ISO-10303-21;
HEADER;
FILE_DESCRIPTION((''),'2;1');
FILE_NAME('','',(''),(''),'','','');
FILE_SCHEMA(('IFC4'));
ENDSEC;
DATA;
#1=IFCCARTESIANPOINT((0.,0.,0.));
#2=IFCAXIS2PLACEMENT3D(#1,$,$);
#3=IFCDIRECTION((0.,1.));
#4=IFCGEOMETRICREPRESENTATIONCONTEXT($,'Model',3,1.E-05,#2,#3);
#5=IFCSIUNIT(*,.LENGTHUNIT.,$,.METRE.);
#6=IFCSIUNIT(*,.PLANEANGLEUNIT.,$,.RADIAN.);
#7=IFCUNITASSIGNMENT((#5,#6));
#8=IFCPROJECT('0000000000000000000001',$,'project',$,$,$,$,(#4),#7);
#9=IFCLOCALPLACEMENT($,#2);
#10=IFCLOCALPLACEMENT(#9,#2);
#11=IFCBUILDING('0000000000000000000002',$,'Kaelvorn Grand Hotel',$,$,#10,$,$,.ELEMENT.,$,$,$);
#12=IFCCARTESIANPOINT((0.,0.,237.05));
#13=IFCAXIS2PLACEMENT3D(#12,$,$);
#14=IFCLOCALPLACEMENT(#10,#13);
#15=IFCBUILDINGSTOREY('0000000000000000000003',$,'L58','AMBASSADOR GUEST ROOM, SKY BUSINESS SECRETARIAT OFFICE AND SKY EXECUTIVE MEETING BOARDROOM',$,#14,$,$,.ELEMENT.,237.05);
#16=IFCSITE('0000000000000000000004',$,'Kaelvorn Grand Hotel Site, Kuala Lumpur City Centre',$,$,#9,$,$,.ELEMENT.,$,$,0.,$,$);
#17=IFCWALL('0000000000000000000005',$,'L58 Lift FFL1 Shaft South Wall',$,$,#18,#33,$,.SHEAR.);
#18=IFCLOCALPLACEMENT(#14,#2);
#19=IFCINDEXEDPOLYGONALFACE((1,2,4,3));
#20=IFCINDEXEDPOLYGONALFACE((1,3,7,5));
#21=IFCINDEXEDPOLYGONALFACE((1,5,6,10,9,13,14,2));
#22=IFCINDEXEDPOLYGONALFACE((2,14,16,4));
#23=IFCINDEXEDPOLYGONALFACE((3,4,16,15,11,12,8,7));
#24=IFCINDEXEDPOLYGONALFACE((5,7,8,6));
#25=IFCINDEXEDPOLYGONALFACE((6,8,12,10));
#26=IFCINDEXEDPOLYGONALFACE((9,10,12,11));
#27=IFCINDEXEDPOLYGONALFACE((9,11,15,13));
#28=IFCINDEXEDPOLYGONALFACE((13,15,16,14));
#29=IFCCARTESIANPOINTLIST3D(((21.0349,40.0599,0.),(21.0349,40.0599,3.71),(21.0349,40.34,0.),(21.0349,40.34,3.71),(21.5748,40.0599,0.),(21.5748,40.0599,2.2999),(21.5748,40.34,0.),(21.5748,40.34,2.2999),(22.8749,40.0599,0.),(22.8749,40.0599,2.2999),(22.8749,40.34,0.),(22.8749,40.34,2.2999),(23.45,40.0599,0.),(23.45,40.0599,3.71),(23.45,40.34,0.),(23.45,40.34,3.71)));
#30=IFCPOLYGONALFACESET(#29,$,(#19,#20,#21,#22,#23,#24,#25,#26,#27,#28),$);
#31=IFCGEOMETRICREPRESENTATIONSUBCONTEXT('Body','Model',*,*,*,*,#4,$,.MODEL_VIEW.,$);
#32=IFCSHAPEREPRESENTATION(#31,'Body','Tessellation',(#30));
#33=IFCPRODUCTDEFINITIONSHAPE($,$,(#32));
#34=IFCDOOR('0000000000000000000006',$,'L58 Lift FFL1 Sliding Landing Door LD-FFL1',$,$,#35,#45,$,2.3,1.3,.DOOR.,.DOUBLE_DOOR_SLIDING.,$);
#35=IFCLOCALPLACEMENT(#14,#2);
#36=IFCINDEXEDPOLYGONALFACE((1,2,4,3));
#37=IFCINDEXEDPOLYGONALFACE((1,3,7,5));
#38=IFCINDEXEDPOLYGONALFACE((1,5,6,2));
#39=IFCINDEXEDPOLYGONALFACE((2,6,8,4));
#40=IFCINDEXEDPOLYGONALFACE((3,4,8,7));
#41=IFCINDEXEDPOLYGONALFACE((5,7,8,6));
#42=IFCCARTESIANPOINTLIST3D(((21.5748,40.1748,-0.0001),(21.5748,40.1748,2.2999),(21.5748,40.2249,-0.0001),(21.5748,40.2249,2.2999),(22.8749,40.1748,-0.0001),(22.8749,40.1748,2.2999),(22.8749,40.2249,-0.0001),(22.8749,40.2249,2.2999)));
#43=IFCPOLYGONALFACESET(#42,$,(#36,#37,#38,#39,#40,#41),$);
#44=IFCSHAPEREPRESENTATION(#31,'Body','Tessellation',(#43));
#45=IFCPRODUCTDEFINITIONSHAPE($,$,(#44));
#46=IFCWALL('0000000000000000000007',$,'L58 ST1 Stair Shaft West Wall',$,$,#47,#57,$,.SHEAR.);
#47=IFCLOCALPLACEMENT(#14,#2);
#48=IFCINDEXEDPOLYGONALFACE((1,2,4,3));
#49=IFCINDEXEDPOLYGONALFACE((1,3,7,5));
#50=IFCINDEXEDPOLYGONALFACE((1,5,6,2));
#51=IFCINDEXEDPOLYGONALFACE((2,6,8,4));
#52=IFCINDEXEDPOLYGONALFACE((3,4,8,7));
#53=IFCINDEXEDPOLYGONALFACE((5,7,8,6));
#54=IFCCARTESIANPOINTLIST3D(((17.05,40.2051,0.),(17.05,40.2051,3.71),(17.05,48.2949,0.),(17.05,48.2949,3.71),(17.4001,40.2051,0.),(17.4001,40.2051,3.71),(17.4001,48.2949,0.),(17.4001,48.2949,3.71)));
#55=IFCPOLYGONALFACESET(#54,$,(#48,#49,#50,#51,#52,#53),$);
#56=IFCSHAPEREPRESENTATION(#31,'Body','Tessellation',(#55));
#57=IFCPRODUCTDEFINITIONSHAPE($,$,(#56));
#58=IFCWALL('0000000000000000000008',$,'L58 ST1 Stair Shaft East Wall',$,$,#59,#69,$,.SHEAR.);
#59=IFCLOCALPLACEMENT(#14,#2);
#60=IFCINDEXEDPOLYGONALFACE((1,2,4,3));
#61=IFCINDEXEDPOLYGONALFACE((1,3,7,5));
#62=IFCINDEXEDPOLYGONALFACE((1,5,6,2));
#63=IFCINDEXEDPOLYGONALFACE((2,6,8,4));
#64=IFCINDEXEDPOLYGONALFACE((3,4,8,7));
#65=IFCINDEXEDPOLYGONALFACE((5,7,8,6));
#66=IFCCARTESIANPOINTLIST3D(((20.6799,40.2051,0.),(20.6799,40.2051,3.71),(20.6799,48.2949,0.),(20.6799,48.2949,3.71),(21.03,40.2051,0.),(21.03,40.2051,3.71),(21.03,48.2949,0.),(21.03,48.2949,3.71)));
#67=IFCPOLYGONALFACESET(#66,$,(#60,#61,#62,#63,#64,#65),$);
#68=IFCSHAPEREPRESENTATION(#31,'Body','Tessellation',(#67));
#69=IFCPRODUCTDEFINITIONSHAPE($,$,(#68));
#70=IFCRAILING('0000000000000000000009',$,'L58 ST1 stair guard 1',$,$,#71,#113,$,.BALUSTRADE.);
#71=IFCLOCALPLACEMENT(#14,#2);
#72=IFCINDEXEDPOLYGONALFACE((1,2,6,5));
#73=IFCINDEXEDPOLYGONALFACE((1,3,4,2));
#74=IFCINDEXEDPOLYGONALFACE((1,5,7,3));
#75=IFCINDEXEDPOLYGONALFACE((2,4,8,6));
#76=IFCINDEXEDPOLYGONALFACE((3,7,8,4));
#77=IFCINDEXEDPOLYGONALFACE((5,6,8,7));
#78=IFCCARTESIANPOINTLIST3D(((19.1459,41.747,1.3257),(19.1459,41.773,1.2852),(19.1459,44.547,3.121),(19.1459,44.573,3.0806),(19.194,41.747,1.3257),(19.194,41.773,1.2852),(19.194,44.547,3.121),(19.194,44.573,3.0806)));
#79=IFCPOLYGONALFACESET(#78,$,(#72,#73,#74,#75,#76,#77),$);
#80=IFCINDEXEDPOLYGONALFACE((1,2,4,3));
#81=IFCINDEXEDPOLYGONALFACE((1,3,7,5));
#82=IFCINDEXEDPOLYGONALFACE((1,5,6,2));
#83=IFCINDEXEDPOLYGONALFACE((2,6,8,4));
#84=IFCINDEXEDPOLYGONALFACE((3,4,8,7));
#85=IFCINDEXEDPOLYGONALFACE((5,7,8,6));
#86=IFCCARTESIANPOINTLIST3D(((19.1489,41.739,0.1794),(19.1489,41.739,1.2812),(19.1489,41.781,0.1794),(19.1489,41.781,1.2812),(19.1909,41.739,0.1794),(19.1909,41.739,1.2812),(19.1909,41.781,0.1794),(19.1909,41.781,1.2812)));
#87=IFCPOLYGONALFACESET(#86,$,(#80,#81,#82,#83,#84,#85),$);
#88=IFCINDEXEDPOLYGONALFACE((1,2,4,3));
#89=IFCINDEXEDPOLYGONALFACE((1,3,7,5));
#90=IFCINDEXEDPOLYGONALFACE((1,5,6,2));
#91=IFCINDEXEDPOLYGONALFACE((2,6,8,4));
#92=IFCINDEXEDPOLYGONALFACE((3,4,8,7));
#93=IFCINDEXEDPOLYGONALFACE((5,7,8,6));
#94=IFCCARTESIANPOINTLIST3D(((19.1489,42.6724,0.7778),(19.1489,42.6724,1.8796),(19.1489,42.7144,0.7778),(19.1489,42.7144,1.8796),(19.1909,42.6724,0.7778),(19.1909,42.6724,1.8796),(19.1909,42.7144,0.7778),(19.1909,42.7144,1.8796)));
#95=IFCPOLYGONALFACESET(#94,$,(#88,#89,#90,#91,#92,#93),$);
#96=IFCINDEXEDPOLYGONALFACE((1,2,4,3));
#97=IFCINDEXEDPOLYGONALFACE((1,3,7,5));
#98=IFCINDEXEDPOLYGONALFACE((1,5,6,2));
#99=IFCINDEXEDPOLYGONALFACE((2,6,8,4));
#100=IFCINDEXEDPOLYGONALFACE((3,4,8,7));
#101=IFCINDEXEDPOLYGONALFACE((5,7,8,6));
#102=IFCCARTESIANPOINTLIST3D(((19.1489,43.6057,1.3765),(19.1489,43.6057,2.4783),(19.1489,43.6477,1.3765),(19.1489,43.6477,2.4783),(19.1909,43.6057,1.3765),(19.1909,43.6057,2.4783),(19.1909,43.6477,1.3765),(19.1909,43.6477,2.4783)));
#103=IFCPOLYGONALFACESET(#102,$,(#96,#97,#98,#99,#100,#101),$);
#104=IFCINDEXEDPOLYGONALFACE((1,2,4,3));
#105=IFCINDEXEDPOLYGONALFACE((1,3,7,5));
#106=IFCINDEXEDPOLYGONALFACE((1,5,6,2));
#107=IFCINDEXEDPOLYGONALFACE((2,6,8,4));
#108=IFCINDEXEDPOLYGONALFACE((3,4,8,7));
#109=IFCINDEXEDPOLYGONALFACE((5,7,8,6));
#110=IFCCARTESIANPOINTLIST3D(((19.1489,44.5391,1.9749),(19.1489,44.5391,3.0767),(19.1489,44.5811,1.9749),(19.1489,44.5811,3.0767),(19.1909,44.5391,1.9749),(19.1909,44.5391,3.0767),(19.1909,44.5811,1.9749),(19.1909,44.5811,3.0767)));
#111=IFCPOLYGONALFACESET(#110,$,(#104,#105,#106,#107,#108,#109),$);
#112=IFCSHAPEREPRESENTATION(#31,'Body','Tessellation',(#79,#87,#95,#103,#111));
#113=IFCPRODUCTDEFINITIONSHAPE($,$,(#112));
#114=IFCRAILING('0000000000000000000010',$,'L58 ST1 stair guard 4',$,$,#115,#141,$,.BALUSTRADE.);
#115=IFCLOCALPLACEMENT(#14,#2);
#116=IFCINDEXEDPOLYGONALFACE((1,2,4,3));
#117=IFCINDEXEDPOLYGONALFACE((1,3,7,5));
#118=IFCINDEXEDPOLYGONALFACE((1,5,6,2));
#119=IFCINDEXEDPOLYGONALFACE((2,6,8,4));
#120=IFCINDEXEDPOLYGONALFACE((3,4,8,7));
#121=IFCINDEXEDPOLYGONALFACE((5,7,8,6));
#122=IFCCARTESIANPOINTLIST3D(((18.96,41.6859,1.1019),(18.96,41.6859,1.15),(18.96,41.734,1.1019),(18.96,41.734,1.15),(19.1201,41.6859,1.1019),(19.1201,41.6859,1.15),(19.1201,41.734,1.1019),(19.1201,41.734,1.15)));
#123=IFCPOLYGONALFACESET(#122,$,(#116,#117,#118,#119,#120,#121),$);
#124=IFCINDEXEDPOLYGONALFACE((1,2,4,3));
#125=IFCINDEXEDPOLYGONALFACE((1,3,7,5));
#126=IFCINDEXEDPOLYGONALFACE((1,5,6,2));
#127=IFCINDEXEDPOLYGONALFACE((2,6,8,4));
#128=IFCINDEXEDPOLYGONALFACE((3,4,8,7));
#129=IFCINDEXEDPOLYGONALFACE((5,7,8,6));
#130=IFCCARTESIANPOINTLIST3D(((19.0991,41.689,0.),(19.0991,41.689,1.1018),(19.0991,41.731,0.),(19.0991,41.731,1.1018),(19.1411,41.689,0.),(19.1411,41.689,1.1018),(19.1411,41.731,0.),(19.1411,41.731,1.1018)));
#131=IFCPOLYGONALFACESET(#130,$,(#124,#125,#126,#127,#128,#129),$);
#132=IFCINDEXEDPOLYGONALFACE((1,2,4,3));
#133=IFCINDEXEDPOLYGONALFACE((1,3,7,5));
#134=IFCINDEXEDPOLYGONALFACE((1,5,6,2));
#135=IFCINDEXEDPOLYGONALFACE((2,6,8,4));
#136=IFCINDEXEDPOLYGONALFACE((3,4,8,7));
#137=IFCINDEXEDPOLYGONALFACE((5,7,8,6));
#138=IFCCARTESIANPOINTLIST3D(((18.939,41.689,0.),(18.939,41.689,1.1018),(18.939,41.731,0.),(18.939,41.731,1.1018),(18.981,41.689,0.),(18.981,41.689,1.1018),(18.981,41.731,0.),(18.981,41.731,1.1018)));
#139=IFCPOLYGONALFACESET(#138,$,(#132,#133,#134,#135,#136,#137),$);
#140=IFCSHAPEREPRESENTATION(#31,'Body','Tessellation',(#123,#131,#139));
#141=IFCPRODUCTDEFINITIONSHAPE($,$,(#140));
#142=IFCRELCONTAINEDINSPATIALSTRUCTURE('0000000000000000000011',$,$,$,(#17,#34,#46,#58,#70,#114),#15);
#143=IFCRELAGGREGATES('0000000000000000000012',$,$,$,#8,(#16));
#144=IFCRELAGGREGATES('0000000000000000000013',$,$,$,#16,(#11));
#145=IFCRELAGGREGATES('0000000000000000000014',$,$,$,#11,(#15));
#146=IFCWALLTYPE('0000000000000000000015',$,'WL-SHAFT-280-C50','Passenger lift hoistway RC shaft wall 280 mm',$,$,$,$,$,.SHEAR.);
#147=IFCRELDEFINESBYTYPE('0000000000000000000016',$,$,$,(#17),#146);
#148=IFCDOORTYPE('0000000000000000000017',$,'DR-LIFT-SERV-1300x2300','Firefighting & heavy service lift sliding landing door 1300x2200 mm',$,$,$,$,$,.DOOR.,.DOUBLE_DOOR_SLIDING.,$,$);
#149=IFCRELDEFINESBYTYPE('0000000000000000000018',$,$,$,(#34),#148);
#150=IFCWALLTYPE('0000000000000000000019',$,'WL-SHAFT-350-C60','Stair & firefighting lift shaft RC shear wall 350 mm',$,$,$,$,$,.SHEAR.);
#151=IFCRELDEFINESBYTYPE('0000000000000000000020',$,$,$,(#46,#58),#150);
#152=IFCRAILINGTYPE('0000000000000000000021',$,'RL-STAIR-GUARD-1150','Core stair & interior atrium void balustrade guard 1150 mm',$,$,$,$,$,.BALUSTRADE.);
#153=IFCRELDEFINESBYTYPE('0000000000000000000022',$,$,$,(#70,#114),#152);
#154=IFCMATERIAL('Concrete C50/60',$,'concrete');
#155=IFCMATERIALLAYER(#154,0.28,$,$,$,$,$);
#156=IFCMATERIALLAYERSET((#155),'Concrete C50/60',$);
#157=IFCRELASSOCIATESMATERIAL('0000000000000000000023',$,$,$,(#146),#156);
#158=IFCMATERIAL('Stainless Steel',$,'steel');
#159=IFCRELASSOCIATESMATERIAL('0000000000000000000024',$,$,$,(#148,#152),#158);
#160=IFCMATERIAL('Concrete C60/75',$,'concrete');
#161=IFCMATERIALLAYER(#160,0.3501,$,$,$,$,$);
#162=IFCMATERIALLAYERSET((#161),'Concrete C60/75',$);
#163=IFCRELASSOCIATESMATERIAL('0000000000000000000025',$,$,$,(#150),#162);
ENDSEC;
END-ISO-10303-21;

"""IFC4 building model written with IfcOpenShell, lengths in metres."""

from ifc_helpers import new_model, si_unit, direction, frame, frame_2d, origin, origin_2d, place, context, subcontext, project, spatial, rectangle, extrude, material, layer, layer_set, type_object, element, fill, save


model = new_model("IFC4")

# Units and contexts
model_context = context("Model", 3, precision=1e-05, world=origin(), true_north=direction((0.0, 1.0)))
body_context = subcontext(model_context, "Body", "Model", "MODEL_VIEW")
ifc_project = project(units=[si_unit("LENGTHUNIT", "METRE"), si_unit("PLANEANGLEUNIT", "RADIAN")], contexts=[model_context])

# Site, building, storey
site_placement = place(None, origin())
site = spatial("IfcSite", under=ifc_project, at=site_placement, Name="Kaelvorn Grand Hotel Site, Kuala Lumpur City Centre", CompositionType="ELEMENT", RefElevation=0.0)
building_placement = place(site_placement, origin())
building = spatial("IfcBuilding", under=site, at=building_placement, Name="Kaelvorn Grand Hotel", CompositionType="ELEMENT")
storey_placement = place(building_placement, frame((0.0, 0.0, 237.05)))
storey = spatial("IfcBuildingStorey", under=building, at=storey_placement, Name="L58", Description="AMBASSADOR GUEST ROOM, SKY BUSINESS SECRETARIAT OFFICE AND SKY EXECUTIVE MEETING BOARDROOM", CompositionType="ELEMENT", Elevation=237.05)

# Shared definitions
ifc_material_1 = material(Name="Concrete C50/60", Category="concrete")

# Wall, opening, door
ifc_layer_1 = layer(ifc_material_1, 0.28)
ifc_layer_set_1 = layer_set([ifc_layer_1], Name="Concrete C50/60")
wall_type_1 = type_object("IfcWallType", Name="WL-SHAFT-280-C50", Description="Passenger lift hoistway RC shaft wall 280 mm", PredefinedType="SHEAR", material=ifc_layer_set_1)
wall_1_placement = place(storey_placement, frame((21.0349, 40.2, 0.0), z_axis=(0.0, 0.0, 1.0), x_axis=(1.0, 0.0, 0.0)))
wall_1 = element("IfcWall", 1, at=wall_1_placement, inside=storey, type_object=wall_type_1, Name="L58 Lift FFL1 Shaft South Wall", PredefinedType="SHEAR", context=body_context, shape_type="SweptSolid", body=[
    extrude(rectangle(XDim=2.415, YDim=0.28, at=frame_2d((1.2075, 0.0))), origin(), (0.0, 0.0, 1.0), 3.71),
])
opening_1_placement = place(wall_1_placement, frame((0.54, 0.0, 0.0)))
opening_1 = element("IfcOpeningElement", 2, at=opening_1_placement, cuts=wall_1, PredefinedType="OPENING", context=body_context, shape_type="SweptSolid", body=[
    extrude(rectangle(XDim=1.3, YDim=2.3, at=frame_2d((0.6499, 1.1499))), frame((0.0, 0.1499, 0.0), z_axis=(0.0, -1.0, 0.0), x_axis=(1.0, 0.0, 0.0)), (0.0, 0.0, 1.0), 0.3),
])
ifc_material_2 = material(Name="Stainless Steel", Category="steel")
door_type_1 = type_object("IfcDoorType", Name="DR-LIFT-SERV-1300x2300", Description="Firefighting & heavy service lift sliding landing door 1300x2200 mm", OperationType="DOUBLE_DOOR_SLIDING", PredefinedType="DOOR", material=ifc_material_2)
door_1_placement = place(opening_1_placement, origin())
door_1 = element("IfcDoor", 3, at=door_1_placement, inside=storey, type_object=door_type_1, Name="L58 Lift FFL1 Sliding Landing Door LD-FFL1", OperationType="DOUBLE_DOOR_SLIDING", OverallHeight=2.3, OverallWidth=1.3, PredefinedType="DOOR", context=body_context, shape_type="SweptSolid", body=[
    extrude(rectangle(XDim=1.3, YDim=2.3, at=frame_2d((0.6499, 1.1499))), frame((0.0, 0.0249, 0.0), z_axis=(0.0, -1.0, 0.0), x_axis=(1.0, 0.0, 0.0)), (0.0, 0.0, 1.0), 0.05),
])
fill(opening_1, door_1)
ifc_material_3 = material(Name="Concrete C60/75", Category="concrete")
ifc_layer_2 = layer(ifc_material_3, 0.3501)
ifc_layer_set_2 = layer_set([ifc_layer_2], Name="Concrete C60/75")
wall_type_2 = type_object("IfcWallType", Name="WL-SHAFT-350-C60", Description="Stair & firefighting lift shaft RC shear wall 350 mm", PredefinedType="SHEAR", material=ifc_layer_set_2)

# Walls
for number, where, z_axis, x_axis, name in (
    (4, (17.2251, 40.2051, 0.0), (0.0, 0.0, 1.0), (0.0, 1.0, 0.0), "L58 ST1 Stair Shaft West Wall"),
    (5, (20.855, 40.2051, 0.0), (0.0, 0.0, 1.0), (0.0, 1.0, 0.0), "L58 ST1 Stair Shaft East Wall"),
):
    element("IfcWall", number, at=place(storey_placement, frame(where, z_axis=z_axis, x_axis=x_axis)), inside=storey, type_object=wall_type_2, Name=name, PredefinedType="SHEAR", context=body_context, shape_type="SweptSolid", body=[
        extrude(rectangle(XDim=8.0898, YDim=0.3501, at=frame_2d((4.0449, 0.0))), origin(), (0.0, 0.0, 1.0), 3.71),
    ])

# Railings
railing_type = type_object("IfcRailingType", Name="RL-STAIR-GUARD-1150", Description="Core stair & interior atrium void balustrade guard 1150 mm", PredefinedType="BALUSTRADE", material=ifc_material_2)
railing_1_placement = place(storey_placement, frame((19.1699, 41.76, 0.1794)))
element("IfcRailing", 6, at=railing_1_placement, inside=storey, type_object=railing_type, Name="L58 ST1 stair guard 1", PredefinedType="BALUSTRADE", context=body_context, shape_type="SweptSolid", body=[
    extrude(rectangle(XDim=0.0481, YDim=0.0481, at=origin_2d()), frame((0.0, 0.0, 1.126), z_axis=(0.0, 0.84181, 0.539774), x_axis=(-1.0, 0.0, 0.0)), (0.0, 0.0, 1.0), 3.3262),
    extrude(rectangle(XDim=0.042, YDim=0.042, at=origin_2d()), origin(), (0.0, 0.0, 1.0), 1.1018),
    extrude(rectangle(XDim=0.042, YDim=0.042, at=origin_2d()), frame((0.0, 0.9333, 0.5984)), (0.0, 0.0, 1.0), 1.1018),
    extrude(rectangle(XDim=0.042, YDim=0.042, at=origin_2d()), frame((0.0, 1.8667, 1.197)), (0.0, 0.0, 1.0), 1.1018),
    extrude(rectangle(XDim=0.042, YDim=0.042, at=origin_2d()), frame((0.0, 2.8, 1.7954)), (0.0, 0.0, 1.0), 1.1018),
])
railing_2_placement = place(storey_placement, frame((19.1201, 41.71, 0.0)))
element("IfcRailing", 7, at=railing_2_placement, inside=storey, type_object=railing_type, Name="L58 ST1 stair guard 4", PredefinedType="BALUSTRADE", context=body_context, shape_type="SweptSolid", body=[
    extrude(rectangle(XDim=0.0481, YDim=0.0481, at=origin_2d()), frame((0.0, 0.0, 1.126), z_axis=(-1.0, 0.0, 0.0), x_axis=(0.0, -1.0, 0.0)), (0.0, 0.0, 1.0), 0.1602),
    extrude(rectangle(XDim=0.042, YDim=0.042, at=origin_2d()), origin(), (0.0, 0.0, 1.0), 1.1018),
    extrude(rectangle(XDim=0.042, YDim=0.042, at=origin_2d()), frame((-0.1602, 0.0, 0.0)), (0.0, 0.0, 1.0), 1.1018),
])

save(model, "model.ifc")
